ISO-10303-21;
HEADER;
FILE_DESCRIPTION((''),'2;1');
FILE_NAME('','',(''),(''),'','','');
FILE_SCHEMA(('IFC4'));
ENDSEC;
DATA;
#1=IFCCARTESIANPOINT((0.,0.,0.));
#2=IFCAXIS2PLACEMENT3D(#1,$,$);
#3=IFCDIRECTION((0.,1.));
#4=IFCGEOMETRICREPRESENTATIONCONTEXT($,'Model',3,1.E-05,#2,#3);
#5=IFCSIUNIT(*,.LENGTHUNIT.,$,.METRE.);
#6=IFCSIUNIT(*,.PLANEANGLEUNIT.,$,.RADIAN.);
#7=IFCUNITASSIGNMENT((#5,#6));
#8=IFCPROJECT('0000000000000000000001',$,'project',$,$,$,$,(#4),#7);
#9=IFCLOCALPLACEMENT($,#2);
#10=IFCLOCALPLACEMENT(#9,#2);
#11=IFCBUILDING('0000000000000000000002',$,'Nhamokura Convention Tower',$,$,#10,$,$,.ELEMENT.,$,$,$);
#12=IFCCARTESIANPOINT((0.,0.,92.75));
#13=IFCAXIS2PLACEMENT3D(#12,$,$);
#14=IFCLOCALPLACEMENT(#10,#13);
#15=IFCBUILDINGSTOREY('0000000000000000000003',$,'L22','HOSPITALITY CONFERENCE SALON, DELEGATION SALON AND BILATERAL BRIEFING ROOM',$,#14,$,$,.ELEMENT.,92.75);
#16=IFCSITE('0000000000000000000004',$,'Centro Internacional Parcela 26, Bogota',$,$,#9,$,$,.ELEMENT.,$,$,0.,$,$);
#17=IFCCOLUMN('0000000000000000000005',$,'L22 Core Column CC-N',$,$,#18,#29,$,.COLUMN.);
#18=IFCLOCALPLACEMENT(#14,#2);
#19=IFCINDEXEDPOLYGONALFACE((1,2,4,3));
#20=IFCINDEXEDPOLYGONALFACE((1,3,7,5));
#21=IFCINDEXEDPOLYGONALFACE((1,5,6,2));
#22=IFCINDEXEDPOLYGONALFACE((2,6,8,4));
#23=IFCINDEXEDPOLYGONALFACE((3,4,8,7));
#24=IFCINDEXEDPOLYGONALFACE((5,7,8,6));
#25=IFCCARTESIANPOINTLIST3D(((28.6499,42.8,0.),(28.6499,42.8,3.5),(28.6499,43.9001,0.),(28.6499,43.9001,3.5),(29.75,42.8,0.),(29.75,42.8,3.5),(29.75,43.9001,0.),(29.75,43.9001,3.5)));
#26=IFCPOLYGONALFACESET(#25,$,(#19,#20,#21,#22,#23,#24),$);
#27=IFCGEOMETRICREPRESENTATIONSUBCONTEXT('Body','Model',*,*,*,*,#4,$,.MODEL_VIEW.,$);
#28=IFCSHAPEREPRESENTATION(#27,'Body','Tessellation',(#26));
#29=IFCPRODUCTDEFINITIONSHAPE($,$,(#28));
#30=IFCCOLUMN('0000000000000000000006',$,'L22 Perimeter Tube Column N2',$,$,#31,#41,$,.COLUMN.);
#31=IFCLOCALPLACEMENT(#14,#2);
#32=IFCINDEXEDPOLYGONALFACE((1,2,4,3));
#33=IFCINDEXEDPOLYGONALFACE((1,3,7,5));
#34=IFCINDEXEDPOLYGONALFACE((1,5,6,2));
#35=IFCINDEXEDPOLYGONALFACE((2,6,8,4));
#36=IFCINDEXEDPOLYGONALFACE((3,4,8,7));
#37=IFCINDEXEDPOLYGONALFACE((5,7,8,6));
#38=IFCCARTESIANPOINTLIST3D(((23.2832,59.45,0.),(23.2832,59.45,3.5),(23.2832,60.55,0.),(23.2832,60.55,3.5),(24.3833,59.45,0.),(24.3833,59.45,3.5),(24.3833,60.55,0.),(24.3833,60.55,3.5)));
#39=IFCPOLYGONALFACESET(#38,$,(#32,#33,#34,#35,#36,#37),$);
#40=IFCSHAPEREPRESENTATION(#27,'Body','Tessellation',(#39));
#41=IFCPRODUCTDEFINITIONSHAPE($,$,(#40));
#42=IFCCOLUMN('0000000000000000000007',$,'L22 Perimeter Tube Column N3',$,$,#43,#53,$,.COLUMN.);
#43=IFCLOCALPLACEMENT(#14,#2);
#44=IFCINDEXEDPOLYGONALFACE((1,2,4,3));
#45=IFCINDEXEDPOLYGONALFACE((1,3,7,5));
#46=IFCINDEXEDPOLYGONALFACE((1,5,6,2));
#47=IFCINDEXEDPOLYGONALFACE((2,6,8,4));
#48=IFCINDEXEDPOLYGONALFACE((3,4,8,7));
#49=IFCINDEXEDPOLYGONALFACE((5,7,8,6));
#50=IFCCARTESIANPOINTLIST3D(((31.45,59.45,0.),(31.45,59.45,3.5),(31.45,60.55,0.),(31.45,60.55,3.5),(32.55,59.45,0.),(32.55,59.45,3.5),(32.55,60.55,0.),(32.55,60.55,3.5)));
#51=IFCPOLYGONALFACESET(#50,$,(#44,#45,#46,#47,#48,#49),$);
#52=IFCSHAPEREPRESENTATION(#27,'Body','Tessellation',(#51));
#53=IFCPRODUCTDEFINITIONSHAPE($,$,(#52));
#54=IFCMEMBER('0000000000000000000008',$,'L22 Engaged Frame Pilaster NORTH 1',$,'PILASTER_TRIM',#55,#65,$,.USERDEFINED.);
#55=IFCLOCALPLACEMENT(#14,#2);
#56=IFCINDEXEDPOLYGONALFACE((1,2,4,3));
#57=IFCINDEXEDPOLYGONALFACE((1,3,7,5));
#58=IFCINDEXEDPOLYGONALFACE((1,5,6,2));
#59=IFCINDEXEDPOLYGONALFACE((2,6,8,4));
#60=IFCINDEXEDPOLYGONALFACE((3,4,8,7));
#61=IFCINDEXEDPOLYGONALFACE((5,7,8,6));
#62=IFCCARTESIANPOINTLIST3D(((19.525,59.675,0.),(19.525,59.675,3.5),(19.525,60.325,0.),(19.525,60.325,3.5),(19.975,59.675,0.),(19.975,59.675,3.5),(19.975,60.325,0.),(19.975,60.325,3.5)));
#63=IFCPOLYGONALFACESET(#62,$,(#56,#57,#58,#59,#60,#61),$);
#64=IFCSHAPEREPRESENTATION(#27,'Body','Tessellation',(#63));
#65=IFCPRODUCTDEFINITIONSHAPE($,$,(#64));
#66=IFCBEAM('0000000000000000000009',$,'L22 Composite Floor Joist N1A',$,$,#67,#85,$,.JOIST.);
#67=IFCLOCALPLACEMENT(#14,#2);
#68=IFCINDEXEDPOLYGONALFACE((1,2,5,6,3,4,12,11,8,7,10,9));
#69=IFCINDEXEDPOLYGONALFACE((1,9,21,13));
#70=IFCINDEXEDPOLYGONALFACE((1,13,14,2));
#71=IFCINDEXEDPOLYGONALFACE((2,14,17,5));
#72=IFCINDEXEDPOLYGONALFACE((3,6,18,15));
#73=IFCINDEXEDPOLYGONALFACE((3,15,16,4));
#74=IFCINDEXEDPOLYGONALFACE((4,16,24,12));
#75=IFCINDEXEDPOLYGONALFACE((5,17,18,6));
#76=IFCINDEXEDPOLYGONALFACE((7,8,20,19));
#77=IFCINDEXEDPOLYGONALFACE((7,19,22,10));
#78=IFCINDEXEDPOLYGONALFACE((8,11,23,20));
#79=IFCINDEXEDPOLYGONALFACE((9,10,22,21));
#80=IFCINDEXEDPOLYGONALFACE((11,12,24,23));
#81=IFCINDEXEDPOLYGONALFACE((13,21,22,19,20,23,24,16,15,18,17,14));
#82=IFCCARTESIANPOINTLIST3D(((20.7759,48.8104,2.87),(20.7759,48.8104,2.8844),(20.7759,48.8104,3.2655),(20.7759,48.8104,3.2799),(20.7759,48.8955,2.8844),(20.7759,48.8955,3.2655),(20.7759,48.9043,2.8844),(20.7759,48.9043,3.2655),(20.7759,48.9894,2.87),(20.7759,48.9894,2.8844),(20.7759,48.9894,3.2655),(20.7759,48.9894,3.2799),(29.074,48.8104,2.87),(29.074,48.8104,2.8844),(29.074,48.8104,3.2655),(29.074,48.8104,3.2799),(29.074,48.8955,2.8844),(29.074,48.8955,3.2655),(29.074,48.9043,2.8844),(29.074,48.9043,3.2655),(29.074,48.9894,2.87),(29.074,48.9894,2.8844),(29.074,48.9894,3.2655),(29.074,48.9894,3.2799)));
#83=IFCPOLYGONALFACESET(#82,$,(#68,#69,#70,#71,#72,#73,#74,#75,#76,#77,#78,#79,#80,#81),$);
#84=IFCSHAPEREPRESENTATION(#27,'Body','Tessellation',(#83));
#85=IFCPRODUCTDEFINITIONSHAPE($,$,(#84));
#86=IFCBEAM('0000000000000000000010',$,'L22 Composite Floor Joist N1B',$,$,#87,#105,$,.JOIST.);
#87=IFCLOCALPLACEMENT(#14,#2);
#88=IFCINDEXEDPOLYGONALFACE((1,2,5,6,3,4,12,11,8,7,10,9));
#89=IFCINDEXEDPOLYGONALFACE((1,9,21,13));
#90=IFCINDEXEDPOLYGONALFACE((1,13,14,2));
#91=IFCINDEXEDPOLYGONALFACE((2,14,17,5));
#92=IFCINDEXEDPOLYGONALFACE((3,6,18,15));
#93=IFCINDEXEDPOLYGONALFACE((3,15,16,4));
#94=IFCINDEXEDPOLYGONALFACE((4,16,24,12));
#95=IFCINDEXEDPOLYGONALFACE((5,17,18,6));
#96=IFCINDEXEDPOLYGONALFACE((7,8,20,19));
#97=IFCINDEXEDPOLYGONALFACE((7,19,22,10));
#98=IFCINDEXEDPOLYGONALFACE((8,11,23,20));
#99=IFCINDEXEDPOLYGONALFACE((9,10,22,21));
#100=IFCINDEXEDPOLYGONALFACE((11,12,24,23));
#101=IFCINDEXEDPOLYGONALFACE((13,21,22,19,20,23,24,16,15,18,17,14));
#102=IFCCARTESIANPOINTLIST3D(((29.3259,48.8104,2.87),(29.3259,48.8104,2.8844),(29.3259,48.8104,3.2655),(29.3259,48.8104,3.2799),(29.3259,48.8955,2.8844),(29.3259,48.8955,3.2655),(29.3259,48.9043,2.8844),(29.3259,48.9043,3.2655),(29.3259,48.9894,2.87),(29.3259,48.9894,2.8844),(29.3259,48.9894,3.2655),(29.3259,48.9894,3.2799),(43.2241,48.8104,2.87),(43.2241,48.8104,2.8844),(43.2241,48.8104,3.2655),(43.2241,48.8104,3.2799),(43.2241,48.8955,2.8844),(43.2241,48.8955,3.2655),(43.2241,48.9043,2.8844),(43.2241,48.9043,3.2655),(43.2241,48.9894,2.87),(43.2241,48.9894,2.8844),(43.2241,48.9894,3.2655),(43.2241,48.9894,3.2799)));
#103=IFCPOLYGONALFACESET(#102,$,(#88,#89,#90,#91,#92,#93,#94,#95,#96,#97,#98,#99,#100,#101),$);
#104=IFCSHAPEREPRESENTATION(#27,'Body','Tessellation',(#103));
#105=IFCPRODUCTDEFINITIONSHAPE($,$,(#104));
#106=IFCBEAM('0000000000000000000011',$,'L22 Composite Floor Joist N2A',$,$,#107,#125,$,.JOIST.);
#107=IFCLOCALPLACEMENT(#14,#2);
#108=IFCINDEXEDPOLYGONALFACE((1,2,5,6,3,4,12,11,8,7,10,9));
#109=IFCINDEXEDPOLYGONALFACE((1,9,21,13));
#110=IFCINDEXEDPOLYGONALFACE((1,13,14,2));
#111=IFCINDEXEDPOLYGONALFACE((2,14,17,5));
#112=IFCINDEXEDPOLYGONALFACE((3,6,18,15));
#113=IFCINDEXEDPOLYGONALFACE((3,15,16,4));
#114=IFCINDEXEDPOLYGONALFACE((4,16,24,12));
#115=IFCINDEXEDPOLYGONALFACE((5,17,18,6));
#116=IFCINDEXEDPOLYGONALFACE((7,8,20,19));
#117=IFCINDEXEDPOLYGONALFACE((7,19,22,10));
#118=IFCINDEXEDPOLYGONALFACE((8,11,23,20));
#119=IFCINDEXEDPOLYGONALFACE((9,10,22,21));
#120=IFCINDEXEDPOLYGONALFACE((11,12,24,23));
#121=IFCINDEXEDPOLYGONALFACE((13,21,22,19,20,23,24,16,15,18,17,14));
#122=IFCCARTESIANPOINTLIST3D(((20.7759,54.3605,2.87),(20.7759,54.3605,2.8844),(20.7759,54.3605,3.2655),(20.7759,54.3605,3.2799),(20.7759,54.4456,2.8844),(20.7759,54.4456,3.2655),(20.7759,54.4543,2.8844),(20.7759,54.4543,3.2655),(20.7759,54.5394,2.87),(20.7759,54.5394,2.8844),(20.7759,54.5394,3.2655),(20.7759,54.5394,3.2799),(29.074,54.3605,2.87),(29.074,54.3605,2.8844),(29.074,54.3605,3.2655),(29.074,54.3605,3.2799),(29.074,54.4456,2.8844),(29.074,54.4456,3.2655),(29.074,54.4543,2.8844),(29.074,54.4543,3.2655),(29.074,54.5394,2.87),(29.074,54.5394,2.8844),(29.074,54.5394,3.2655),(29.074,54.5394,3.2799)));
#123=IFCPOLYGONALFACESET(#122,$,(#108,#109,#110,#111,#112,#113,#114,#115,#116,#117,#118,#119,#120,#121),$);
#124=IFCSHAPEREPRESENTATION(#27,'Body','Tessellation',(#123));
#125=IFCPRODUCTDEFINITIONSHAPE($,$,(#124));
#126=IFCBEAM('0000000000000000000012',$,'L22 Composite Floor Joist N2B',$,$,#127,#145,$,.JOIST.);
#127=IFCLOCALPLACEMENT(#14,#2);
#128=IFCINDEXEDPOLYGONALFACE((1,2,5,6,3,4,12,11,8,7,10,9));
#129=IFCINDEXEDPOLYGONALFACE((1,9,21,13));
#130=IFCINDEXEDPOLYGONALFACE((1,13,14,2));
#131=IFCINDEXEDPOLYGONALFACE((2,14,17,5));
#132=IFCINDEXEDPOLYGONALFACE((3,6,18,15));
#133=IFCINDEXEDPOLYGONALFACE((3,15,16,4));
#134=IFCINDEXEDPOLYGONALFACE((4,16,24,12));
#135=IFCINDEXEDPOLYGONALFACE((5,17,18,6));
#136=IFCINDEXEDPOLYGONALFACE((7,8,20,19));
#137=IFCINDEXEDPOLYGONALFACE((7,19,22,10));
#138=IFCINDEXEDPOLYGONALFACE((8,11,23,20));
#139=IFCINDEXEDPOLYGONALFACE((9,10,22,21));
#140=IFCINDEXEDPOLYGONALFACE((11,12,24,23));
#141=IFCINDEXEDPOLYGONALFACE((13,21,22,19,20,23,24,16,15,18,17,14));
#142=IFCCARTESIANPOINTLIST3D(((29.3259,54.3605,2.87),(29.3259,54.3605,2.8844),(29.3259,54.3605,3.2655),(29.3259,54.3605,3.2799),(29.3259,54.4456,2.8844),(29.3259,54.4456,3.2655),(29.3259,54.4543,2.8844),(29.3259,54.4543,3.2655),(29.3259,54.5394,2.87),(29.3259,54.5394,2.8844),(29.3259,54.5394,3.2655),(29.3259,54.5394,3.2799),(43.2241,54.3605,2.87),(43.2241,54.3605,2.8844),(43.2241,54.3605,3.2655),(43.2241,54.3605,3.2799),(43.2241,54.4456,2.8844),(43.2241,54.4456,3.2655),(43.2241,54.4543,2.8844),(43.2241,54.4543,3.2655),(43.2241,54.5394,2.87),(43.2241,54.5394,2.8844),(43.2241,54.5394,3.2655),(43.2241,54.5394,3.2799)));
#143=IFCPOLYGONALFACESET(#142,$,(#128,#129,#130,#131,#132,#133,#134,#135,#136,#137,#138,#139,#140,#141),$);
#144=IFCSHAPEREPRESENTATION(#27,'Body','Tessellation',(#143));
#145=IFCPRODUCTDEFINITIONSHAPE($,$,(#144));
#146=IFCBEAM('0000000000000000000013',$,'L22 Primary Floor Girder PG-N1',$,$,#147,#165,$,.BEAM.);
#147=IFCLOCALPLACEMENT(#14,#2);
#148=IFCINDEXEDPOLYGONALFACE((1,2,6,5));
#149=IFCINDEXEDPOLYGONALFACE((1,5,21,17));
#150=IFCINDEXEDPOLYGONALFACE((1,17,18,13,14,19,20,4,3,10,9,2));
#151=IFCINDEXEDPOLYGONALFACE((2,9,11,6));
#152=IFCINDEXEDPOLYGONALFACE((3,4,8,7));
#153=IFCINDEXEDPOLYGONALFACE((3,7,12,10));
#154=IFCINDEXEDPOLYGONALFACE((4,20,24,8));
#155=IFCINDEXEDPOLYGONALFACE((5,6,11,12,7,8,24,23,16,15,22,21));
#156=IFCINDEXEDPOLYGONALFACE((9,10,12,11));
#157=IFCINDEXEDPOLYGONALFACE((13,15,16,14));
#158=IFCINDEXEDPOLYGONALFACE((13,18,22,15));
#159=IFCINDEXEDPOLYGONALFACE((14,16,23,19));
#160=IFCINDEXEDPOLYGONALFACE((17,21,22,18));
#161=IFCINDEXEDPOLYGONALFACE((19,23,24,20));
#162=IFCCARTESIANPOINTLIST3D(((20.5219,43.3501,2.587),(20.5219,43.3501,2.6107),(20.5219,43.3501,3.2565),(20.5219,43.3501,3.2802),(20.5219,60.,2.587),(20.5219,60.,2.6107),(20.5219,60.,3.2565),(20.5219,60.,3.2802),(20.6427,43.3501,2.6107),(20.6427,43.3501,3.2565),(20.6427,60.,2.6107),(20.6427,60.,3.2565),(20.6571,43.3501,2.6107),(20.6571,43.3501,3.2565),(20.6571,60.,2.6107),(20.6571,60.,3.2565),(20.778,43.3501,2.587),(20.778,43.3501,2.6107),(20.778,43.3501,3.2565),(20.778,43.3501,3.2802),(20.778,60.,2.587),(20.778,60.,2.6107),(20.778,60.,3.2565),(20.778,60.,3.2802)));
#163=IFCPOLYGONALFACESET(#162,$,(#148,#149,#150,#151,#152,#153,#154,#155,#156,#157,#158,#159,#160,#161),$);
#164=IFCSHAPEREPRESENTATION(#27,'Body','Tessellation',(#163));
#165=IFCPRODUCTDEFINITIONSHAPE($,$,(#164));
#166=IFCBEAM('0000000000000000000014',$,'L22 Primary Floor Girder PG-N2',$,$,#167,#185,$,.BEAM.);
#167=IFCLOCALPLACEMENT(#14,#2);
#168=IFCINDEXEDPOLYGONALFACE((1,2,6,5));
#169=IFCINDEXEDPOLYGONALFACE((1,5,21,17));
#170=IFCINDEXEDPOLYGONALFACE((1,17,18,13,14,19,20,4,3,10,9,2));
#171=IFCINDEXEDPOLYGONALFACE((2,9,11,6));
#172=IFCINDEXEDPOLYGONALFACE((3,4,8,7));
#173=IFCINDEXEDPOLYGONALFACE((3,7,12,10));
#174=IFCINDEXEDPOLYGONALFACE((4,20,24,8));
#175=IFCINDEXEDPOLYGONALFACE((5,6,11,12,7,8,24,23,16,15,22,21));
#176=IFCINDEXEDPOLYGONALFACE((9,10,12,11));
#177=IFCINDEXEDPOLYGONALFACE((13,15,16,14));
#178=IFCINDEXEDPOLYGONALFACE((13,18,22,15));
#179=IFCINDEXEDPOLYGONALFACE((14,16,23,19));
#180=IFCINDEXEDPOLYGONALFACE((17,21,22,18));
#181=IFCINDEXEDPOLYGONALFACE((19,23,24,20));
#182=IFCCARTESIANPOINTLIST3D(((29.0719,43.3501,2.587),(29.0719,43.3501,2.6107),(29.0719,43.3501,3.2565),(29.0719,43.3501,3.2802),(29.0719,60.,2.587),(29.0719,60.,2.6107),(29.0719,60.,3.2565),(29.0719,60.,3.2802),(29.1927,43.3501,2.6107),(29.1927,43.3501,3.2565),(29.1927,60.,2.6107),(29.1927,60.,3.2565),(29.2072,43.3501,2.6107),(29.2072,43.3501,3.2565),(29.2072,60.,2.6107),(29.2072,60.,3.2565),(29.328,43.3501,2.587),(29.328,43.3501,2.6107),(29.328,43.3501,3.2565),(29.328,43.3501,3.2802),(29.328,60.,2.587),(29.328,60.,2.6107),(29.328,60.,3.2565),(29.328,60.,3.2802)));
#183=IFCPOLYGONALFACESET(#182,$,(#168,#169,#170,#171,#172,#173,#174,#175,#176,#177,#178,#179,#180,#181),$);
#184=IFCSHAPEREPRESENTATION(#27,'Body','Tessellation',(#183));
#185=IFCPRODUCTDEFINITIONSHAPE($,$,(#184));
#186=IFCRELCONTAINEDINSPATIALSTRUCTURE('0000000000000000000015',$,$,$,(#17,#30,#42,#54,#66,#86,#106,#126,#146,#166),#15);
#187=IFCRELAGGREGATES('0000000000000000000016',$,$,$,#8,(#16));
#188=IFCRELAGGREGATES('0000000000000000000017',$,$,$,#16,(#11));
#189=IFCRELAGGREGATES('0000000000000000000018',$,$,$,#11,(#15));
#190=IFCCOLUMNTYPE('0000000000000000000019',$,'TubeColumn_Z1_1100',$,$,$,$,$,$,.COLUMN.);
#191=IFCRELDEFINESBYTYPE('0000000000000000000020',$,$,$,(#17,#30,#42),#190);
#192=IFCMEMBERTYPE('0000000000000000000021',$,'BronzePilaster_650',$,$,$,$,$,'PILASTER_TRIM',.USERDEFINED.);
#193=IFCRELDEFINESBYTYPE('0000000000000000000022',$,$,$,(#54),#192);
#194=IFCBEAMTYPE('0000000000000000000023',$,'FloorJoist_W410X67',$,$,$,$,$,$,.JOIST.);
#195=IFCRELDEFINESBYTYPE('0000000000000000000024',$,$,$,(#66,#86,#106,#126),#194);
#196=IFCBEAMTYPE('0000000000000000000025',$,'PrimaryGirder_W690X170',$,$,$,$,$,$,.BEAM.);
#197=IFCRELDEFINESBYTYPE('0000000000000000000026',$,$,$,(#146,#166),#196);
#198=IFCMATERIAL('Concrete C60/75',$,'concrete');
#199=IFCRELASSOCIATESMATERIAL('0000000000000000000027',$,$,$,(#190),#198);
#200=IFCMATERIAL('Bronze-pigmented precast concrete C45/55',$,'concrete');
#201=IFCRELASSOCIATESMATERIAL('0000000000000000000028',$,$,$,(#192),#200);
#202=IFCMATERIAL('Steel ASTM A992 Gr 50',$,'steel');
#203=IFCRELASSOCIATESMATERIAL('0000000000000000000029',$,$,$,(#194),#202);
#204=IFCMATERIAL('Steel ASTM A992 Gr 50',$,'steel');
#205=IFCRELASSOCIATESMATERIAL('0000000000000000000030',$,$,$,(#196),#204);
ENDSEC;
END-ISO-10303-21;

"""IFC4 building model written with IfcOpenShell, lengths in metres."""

from ifc_helpers import new_model, si_unit, direction, frame, origin, origin_2d, place, context, subcontext, project, spatial, rectangle, i_section, extrude, material, material_profile, profile_set, type_object, element, save


model = new_model("IFC4")

# Units and contexts
model_context = context("Model", 3, precision=1e-05, world=origin(), true_north=direction((0.0, 1.0)))
body_context = subcontext(model_context, "Body", "Model", "MODEL_VIEW")
ifc_project = project(units=[si_unit("LENGTHUNIT", "METRE"), si_unit("PLANEANGLEUNIT", "RADIAN")], contexts=[model_context])

# Site, building, storey
site_placement = place(None, origin())
site = spatial("IfcSite", under=ifc_project, at=site_placement, Name="Centro Internacional Parcela 26, Bogota", CompositionType="ELEMENT", RefElevation=0.0)
building_placement = place(site_placement, origin())
building = spatial("IfcBuilding", under=site, at=building_placement, Name="Nhamokura Convention Tower", CompositionType="ELEMENT")
storey_placement = place(building_placement, frame((0.0, 0.0, 92.75)))
storey = spatial("IfcBuildingStorey", under=building, at=storey_placement, Name="L22", Description="HOSPITALITY CONFERENCE SALON, DELEGATION SALON AND BILATERAL BRIEFING ROOM", CompositionType="ELEMENT", Elevation=92.75)

# Columns
ifc_material_1 = material(Name="Concrete C60/75", Category="concrete")
ifc_material_profile_1 = material_profile(ifc_material_1, rectangle(XDim=1.1001, YDim=1.1001, at=origin_2d()))
ifc_profile_set_1 = profile_set([ifc_material_profile_1], Name="Concrete C60/75")
column_type = type_object("IfcColumnType", Name="TubeColumn_Z1_1100", PredefinedType="COLUMN", material=ifc_profile_set_1)
for number, where, z_axis, x_axis, name in (
    (1, (29.2, 43.3501, 0.0), (0.0, 0.0, 1.0), (1.0, 0.0, 0.0), "L22 Core Column CC-N"),
    (2, (23.8333, 60.0, 0.0), (0.0, 0.0, 1.0), (1.0, 0.0, 0.0), "L22 Perimeter Tube Column N2"),
    (3, (32.0, 60.0, 0.0), (0.0, 0.0, 1.0), (1.0, 0.0, 0.0), "L22 Perimeter Tube Column N3"),
):
    element("IfcColumn", number, at=place(storey_placement, frame(where, z_axis=z_axis, x_axis=x_axis)), inside=storey, type_object=column_type, Name=name, PredefinedType="COLUMN", context=body_context, shape_type="SweptSolid", body=[
        extrude(rectangle(XDim=1.1001, YDim=1.1001, at=origin_2d()), origin(), (0.0, 0.0, 1.0), 3.5),
    ])

# Member
ifc_material_2 = material(Name="Bronze-pigmented precast concrete C45/55", Category="concrete")
ifc_material_profile_2 = material_profile(ifc_material_2, rectangle(XDim=0.45, YDim=0.6499, at=origin_2d()))
ifc_profile_set_2 = profile_set([ifc_material_profile_2], Name="Bronze-pigmented precast concrete C45/55")
member_type = type_object("IfcMemberType", Name="BronzePilaster_650", ElementType="PILASTER_TRIM", PredefinedType="USERDEFINED", material=ifc_profile_set_2)
member_placement = place(storey_placement, frame((19.75, 60.0, 0.0), z_axis=(0.0, 0.0, 1.0), x_axis=(1.0, 0.0, 0.0)))
element("IfcMember", 4, at=member_placement, inside=storey, type_object=member_type, Name="L22 Engaged Frame Pilaster NORTH 1", ObjectType="PILASTER_TRIM", PredefinedType="USERDEFINED", context=body_context, shape_type="SweptSolid", body=[
    extrude(rectangle(XDim=0.45, YDim=0.6499, at=origin_2d()), origin(), (0.0, 0.0, 1.0), 3.5),
])

# Beams
ifc_material_3 = material(Name="Steel ASTM A992 Gr 50", Category="steel")
ifc_material_profile_3 = material_profile(ifc_material_3, i_section(OverallWidth=0.179, OverallDepth=0.4099, WebThickness=0.0088, FlangeThickness=0.0144, at=origin_2d()))
ifc_profile_set_3 = profile_set([ifc_material_profile_3], Name="Steel ASTM A992 Gr 50")
beam_type_1 = type_object("IfcBeamType", Name="FloorJoist_W410X67", PredefinedType="JOIST", material=ifc_profile_set_3)
beam_1_placement = place(storey_placement, frame((20.7759, 48.8999, 3.075), z_axis=(1.0, 0.0, 0.0), x_axis=(0.0, 1.0, 0.0)))
element("IfcBeam", 5, at=beam_1_placement, inside=storey, type_object=beam_type_1, Name="L22 Composite Floor Joist N1A", PredefinedType="JOIST", context=body_context, shape_type="SweptSolid", body=[
    extrude(i_section(OverallWidth=0.179, OverallDepth=0.4099, WebThickness=0.0088, FlangeThickness=0.0144, at=origin_2d()), origin(), (0.0, 0.0, 1.0), 8.2981),
])
beam_2_placement = place(storey_placement, frame((29.3259, 48.8999, 3.075), z_axis=(1.0, 0.0, 0.0), x_axis=(0.0, 1.0, 0.0)))
element("IfcBeam", 6, at=beam_2_placement, inside=storey, type_object=beam_type_1, Name="L22 Composite Floor Joist N1B", PredefinedType="JOIST", context=body_context, shape_type="SweptSolid", body=[
    extrude(i_section(OverallWidth=0.179, OverallDepth=0.4099, WebThickness=0.0088, FlangeThickness=0.0144, at=origin_2d()), origin(), (0.0, 0.0, 1.0), 13.8982),
])
beam_3_placement = place(storey_placement, frame((20.7759, 54.45, 3.075), z_axis=(1.0, 0.0, 0.0), x_axis=(0.0, 1.0, 0.0)))
element("IfcBeam", 7, at=beam_3_placement, inside=storey, type_object=beam_type_1, Name="L22 Composite Floor Joist N2A", PredefinedType="JOIST", context=body_context, shape_type="SweptSolid", body=[
    extrude(i_section(OverallWidth=0.179, OverallDepth=0.4099, WebThickness=0.0088, FlangeThickness=0.0144, at=origin_2d()), origin(), (0.0, 0.0, 1.0), 8.2981),
])
beam_4_placement = place(storey_placement, frame((29.3259, 54.45, 3.075), z_axis=(1.0, 0.0, 0.0), x_axis=(0.0, 1.0, 0.0)))
element("IfcBeam", 8, at=beam_4_placement, inside=storey, type_object=beam_type_1, Name="L22 Composite Floor Joist N2B", PredefinedType="JOIST", context=body_context, shape_type="SweptSolid", body=[
    extrude(i_section(OverallWidth=0.179, OverallDepth=0.4099, WebThickness=0.0088, FlangeThickness=0.0144, at=origin_2d()), origin(), (0.0, 0.0, 1.0), 13.8982),
])
ifc_material_4 = material(Name="Steel ASTM A992 Gr 50", Category="steel")
ifc_material_profile_4 = material_profile(ifc_material_4, i_section(OverallWidth=0.2561, OverallDepth=0.6931, WebThickness=0.0144, FlangeThickness=0.0237, at=origin_2d()))
ifc_profile_set_4 = profile_set([ifc_material_profile_4], Name="Steel ASTM A992 Gr 50")
beam_type_2 = type_object("IfcBeamType", Name="PrimaryGirder_W690X170", PredefinedType="BEAM", material=ifc_profile_set_4)
for number, where, z_axis, x_axis, name in (
    (9, (20.6499, 43.3501, 2.9336), (0.0, 1.0, 0.0), (-1.0, 0.0, 0.0), "L22 Primary Floor Girder PG-N1"),
    (10, (29.2, 43.3501, 2.9336), (0.0, 1.0, 0.0), (-1.0, 0.0, 0.0), "L22 Primary Floor Girder PG-N2"),
):
    element("IfcBeam", number, at=place(storey_placement, frame(where, z_axis=z_axis, x_axis=x_axis)), inside=storey, type_object=beam_type_2, Name=name, PredefinedType="BEAM", context=body_context, shape_type="SweptSolid", body=[
        extrude(i_section(OverallWidth=0.2561, OverallDepth=0.6931, WebThickness=0.0144, FlangeThickness=0.0237, at=origin_2d()), origin(), (0.0, 0.0, 1.0), 16.6499),
    ])

save(model, "model.ifc")
